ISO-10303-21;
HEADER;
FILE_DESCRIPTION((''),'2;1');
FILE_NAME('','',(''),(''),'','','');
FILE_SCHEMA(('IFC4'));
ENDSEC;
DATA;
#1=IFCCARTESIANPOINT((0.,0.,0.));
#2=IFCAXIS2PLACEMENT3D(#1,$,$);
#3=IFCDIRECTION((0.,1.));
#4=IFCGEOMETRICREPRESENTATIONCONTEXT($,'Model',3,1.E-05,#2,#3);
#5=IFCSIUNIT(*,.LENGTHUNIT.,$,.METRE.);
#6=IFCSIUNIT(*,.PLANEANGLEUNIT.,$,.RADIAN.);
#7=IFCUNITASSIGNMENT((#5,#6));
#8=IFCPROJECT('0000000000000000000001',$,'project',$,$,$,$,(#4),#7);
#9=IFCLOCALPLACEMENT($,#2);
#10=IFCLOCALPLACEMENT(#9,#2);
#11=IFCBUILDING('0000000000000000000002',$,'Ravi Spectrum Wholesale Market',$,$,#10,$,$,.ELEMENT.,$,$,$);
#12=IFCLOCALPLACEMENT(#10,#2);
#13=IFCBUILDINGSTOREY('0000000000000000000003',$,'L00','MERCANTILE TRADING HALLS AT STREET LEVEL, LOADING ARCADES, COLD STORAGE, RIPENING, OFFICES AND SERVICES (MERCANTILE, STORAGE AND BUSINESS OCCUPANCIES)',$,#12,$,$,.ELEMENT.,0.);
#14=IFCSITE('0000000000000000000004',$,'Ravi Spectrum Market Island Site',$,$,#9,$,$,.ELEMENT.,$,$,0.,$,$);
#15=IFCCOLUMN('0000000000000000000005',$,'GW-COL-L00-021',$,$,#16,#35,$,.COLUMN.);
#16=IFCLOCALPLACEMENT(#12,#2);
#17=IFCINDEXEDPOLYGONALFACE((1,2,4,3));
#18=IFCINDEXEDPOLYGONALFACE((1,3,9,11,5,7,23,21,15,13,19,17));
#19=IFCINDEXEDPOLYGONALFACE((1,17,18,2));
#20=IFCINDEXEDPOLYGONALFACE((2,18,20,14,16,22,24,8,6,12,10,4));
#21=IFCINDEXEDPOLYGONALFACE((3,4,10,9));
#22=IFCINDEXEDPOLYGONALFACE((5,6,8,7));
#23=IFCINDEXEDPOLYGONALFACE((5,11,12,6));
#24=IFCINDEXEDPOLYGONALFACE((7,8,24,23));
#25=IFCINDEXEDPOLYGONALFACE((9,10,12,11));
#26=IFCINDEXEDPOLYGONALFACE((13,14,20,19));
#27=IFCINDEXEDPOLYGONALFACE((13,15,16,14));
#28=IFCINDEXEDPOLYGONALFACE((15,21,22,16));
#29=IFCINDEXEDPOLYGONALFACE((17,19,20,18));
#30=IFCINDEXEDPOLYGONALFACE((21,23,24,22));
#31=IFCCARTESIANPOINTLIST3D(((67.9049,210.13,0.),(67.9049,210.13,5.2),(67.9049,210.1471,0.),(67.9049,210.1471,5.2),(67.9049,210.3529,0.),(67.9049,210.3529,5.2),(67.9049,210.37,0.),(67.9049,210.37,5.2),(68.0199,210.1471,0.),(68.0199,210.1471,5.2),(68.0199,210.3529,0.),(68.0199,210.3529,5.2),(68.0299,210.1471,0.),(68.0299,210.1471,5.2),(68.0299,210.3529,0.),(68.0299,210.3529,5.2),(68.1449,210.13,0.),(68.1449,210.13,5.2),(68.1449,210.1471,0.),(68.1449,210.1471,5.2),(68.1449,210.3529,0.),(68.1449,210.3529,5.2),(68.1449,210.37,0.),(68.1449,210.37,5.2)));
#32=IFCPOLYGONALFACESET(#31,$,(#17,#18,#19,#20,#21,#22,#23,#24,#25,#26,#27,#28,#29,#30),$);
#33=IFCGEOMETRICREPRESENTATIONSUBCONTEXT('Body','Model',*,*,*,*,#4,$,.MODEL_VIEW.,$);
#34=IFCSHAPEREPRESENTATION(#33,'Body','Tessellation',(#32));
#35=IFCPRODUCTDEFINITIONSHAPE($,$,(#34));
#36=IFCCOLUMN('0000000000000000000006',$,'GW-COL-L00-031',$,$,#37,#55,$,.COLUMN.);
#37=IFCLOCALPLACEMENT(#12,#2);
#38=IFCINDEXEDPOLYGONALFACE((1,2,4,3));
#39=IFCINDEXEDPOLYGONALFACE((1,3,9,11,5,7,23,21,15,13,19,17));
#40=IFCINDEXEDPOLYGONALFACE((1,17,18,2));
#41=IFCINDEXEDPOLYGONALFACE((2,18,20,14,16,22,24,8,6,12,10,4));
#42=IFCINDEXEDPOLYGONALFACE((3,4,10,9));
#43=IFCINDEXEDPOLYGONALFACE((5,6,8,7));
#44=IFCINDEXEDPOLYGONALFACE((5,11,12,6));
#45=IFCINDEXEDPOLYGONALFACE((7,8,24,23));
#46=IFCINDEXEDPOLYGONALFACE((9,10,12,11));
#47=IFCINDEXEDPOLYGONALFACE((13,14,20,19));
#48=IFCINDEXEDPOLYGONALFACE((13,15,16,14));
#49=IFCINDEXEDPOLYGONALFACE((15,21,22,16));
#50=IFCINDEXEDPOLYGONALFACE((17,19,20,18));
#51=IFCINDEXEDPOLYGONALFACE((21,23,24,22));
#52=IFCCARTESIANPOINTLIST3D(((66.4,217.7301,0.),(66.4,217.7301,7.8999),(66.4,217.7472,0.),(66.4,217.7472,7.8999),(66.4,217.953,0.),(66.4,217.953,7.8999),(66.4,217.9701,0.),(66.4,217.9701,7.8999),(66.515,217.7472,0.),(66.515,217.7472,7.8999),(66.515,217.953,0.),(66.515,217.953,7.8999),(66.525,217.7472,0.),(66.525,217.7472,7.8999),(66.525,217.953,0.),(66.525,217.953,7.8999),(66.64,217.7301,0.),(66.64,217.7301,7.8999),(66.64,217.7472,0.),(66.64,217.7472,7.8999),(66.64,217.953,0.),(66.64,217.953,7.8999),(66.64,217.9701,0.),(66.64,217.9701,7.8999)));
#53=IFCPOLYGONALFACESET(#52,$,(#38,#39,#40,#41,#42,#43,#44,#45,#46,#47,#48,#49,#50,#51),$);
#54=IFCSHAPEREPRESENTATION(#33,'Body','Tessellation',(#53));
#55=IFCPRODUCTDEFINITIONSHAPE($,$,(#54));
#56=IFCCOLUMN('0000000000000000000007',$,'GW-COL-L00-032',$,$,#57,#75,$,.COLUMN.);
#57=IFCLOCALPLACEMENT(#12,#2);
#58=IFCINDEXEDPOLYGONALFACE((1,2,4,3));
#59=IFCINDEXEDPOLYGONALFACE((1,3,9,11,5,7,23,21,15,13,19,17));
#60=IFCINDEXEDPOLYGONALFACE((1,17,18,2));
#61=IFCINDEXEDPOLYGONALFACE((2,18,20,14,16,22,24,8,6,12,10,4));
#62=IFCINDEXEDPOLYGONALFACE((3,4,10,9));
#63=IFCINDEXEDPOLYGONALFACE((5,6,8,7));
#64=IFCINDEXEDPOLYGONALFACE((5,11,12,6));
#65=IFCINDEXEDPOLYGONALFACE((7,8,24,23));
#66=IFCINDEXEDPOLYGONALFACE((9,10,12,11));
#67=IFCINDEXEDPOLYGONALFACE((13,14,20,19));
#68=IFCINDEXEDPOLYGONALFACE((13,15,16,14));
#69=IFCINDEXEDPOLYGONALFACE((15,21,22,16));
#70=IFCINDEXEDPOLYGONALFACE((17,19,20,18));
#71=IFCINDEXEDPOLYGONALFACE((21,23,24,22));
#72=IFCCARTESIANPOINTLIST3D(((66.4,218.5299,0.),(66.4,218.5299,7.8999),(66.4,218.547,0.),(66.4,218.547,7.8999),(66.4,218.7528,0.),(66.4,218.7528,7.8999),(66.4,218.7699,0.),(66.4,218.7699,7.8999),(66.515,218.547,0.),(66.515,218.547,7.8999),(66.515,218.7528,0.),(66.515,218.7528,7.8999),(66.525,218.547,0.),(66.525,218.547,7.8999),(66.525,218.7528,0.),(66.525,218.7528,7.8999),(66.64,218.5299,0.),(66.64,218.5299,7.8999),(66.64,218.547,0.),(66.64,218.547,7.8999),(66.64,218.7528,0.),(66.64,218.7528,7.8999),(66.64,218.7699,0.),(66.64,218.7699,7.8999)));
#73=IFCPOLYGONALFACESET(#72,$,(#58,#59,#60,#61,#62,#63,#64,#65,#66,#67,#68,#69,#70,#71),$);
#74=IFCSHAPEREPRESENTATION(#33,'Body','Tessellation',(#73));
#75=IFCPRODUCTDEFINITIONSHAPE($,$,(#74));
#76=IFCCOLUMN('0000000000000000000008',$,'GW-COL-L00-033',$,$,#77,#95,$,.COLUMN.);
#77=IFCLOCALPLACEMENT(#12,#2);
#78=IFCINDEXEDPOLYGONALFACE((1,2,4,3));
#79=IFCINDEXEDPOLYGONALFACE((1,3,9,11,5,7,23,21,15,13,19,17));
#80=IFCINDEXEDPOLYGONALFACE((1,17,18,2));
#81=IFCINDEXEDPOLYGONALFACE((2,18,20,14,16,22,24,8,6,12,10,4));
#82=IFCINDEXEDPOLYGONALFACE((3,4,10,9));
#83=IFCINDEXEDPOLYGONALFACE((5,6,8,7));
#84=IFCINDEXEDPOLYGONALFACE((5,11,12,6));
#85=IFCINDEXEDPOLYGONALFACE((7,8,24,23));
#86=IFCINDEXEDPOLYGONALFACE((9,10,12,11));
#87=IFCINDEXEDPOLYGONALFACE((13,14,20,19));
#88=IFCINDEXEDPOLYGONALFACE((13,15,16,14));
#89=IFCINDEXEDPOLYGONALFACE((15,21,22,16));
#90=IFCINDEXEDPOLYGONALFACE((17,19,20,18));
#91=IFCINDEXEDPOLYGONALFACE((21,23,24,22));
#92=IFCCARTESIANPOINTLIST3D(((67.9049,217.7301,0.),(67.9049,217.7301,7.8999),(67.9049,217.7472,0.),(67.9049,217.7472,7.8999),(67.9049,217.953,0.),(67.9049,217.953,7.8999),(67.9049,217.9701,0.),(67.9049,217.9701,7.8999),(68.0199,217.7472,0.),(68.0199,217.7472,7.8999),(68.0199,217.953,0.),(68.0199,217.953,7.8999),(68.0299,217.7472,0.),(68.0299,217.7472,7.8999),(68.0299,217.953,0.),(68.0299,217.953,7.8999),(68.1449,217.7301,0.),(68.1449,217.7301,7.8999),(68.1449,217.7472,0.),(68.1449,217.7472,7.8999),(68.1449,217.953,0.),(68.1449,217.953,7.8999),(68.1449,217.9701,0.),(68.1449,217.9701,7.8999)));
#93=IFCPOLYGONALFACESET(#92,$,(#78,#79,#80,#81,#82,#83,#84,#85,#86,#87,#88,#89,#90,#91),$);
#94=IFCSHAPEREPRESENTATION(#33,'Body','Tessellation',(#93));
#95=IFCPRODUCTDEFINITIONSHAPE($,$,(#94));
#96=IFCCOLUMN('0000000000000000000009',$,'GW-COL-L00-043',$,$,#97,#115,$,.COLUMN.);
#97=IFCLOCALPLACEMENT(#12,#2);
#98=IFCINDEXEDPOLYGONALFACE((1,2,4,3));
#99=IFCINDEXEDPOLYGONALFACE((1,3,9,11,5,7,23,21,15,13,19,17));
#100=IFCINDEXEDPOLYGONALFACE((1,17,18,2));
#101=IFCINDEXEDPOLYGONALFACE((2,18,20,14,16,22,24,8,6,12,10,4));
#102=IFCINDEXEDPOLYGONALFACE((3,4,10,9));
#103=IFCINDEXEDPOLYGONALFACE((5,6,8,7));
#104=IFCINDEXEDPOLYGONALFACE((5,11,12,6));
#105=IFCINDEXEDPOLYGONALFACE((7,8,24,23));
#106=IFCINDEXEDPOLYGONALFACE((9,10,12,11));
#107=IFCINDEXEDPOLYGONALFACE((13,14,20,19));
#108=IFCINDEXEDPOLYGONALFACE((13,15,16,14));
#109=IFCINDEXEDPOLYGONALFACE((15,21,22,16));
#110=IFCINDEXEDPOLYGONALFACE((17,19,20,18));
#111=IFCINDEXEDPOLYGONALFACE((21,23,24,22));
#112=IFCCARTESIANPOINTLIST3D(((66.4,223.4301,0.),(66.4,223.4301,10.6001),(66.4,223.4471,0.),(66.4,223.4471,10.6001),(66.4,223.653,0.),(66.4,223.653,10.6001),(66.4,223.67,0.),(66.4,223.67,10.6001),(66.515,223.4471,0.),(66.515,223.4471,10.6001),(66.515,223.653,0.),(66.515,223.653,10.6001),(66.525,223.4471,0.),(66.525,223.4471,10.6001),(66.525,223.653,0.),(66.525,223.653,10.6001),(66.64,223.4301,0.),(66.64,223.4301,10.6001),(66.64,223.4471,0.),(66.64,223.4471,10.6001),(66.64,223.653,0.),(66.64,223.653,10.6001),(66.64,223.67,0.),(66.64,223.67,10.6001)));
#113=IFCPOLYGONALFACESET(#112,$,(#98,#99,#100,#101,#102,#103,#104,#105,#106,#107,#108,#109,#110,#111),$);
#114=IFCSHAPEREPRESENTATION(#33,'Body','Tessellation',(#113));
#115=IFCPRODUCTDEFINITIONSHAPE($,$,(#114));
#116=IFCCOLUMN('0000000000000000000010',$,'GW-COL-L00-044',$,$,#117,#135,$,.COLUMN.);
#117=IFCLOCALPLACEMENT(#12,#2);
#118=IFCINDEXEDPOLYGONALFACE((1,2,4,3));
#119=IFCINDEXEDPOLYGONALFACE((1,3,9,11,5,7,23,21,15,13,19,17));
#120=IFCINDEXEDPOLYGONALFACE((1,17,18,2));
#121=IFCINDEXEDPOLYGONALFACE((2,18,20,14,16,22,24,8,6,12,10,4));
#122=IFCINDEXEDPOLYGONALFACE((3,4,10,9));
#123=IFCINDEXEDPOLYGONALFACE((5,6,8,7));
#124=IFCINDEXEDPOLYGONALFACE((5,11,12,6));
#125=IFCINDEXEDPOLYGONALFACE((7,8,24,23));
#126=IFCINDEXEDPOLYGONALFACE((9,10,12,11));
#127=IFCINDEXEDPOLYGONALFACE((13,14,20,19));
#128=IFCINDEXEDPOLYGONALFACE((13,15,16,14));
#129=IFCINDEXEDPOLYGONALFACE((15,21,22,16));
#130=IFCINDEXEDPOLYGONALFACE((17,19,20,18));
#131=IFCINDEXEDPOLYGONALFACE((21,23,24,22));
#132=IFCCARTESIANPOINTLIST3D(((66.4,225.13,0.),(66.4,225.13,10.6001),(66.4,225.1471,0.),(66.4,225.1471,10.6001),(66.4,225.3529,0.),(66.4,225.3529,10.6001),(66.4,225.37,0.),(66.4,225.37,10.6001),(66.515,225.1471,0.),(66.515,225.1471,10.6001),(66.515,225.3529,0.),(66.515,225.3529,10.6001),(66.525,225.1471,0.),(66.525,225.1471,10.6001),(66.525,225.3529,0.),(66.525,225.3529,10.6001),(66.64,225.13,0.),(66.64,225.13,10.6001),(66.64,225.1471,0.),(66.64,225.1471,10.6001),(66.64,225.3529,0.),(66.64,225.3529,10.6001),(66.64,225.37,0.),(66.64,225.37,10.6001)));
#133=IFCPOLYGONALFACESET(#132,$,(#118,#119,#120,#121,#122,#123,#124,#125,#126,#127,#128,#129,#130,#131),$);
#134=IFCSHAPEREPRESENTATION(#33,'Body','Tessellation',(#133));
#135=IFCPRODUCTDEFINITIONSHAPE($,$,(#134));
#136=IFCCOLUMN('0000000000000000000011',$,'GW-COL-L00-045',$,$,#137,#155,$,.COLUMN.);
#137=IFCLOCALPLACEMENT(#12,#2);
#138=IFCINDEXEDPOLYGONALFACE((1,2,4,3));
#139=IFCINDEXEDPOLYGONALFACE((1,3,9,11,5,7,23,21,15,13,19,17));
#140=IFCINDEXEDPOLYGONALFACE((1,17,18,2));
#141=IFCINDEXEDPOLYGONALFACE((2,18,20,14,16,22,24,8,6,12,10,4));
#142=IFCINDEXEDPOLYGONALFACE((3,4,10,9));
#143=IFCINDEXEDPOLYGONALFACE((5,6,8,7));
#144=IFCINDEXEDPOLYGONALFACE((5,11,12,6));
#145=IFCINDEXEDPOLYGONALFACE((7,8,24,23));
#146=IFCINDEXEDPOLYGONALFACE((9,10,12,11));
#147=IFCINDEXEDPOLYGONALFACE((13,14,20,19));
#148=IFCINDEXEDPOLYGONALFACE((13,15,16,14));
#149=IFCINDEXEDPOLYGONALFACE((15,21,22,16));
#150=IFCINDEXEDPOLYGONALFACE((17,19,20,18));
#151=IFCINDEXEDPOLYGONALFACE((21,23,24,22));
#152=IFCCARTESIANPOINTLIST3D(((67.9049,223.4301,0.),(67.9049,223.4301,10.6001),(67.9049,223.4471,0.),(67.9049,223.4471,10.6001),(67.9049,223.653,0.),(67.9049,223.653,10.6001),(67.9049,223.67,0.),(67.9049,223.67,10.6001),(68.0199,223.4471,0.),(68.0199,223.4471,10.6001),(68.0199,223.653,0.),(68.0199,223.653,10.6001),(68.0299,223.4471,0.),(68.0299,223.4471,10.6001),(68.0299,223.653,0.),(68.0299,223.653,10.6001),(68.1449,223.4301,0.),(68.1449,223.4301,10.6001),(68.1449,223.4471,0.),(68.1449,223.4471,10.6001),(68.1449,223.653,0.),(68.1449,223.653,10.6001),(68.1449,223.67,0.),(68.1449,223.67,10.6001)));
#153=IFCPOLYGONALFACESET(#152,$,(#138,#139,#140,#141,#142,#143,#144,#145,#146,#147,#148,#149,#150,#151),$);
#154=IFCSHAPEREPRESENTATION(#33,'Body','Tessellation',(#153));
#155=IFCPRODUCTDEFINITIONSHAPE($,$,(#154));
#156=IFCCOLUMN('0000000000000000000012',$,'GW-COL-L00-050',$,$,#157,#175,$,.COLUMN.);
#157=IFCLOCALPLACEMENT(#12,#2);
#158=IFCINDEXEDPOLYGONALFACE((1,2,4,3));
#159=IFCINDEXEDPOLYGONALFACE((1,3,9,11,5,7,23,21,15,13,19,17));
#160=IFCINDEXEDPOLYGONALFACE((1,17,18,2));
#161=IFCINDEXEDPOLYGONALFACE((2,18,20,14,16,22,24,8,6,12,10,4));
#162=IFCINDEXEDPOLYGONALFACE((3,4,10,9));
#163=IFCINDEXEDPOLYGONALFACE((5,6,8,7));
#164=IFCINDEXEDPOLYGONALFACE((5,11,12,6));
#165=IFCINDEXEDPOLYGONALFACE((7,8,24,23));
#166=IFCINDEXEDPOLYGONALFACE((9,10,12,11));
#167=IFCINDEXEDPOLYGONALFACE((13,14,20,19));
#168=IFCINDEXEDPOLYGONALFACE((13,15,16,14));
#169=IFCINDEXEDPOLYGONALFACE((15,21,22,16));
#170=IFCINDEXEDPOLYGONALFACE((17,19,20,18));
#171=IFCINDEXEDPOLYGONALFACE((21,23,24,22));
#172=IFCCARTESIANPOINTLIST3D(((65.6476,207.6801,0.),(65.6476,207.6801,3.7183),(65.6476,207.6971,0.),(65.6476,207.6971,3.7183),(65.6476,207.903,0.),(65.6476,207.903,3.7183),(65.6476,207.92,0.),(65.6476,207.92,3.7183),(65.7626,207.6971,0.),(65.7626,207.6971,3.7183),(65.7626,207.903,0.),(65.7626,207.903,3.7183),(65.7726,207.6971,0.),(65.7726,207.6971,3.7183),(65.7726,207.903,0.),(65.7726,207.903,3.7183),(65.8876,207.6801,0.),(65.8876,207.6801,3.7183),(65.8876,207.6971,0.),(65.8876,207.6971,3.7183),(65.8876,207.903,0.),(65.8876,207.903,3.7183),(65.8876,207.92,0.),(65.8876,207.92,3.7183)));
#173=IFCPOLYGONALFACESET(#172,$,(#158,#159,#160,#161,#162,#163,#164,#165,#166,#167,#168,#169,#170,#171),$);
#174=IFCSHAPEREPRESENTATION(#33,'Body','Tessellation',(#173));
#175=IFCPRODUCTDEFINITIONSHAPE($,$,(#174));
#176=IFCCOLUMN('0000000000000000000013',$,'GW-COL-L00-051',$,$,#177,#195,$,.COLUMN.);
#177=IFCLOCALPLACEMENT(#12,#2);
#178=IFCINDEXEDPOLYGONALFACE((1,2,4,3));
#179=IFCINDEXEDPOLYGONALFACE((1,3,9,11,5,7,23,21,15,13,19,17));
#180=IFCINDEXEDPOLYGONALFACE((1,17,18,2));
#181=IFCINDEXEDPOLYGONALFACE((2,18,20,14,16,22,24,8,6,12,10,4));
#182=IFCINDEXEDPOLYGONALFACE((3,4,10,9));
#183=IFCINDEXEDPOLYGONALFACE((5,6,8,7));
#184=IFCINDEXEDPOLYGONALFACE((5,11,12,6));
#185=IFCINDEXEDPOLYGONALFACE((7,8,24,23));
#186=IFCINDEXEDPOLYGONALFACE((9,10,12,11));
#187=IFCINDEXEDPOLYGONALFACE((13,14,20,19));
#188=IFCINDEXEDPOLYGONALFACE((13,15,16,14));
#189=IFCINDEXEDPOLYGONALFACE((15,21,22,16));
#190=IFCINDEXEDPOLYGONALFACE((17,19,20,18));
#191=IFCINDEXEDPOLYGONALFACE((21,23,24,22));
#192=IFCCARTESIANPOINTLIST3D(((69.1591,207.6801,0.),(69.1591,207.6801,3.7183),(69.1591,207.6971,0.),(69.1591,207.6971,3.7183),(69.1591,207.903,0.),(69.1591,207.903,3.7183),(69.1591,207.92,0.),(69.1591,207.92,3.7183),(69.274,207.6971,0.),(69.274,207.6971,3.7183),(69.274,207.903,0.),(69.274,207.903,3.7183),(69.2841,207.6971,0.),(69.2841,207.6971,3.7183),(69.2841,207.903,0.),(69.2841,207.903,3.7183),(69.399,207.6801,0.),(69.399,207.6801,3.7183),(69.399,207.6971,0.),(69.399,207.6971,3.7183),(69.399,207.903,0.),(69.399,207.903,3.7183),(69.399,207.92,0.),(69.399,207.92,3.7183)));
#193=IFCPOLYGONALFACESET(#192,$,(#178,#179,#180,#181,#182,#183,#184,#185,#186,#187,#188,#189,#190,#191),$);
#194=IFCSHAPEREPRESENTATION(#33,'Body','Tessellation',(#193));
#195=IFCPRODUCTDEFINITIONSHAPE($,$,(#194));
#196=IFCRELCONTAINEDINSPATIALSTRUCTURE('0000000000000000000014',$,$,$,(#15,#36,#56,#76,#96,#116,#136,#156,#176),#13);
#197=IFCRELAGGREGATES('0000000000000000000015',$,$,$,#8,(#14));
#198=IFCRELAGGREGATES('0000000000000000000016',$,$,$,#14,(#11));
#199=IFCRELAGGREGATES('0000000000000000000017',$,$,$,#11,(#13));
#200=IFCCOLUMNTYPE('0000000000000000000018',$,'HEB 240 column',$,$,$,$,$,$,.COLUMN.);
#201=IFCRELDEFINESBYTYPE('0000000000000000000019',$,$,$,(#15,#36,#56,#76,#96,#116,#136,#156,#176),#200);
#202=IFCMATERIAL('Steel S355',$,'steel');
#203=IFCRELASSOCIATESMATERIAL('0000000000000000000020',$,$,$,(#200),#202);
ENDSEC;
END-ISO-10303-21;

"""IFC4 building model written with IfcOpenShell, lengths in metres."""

from ifc_helpers import new_model, si_unit, direction, frame, origin, origin_2d, place, context, subcontext, project, spatial, i_section, extrude, material, material_profile, profile_set, type_object, element, save


model = new_model("IFC4")

# Units and contexts
model_context = context("Model", 3, precision=1e-05, world=origin(), true_north=direction((0.0, 1.0)))
body_context = subcontext(model_context, "Body", "Model", "MODEL_VIEW")
ifc_project = project(units=[si_unit("LENGTHUNIT", "METRE"), si_unit("PLANEANGLEUNIT", "RADIAN")], contexts=[model_context])

# Site, building, storey
site_placement = place(None, origin())
site = spatial("IfcSite", under=ifc_project, at=site_placement, Name="Ravi Spectrum Market Island Site", CompositionType="ELEMENT", RefElevation=0.0)
building_placement = place(site_placement, origin())
building = spatial("IfcBuilding", under=site, at=building_placement, Name="Ravi Spectrum Wholesale Market", CompositionType="ELEMENT")
storey_placement = place(building_placement, origin())
storey = spatial("IfcBuildingStorey", under=building, at=storey_placement, Name="L00", Description="MERCANTILE TRADING HALLS AT STREET LEVEL, LOADING ARCADES, COLD STORAGE, RIPENING, OFFICES AND SERVICES (MERCANTILE, STORAGE AND BUSINESS OCCUPANCIES)", CompositionType="ELEMENT", Elevation=0.0)

# Columns
ifc_material_1 = material(Name="Steel S355", Category="steel")
ifc_material_profile = material_profile(ifc_material_1, i_section(OverallWidth=0.24, OverallDepth=0.24, WebThickness=0.01, FlangeThickness=0.0171, at=origin_2d()))
ifc_profile_set = profile_set([ifc_material_profile], Name="Steel S355")
column_type = type_object("IfcColumnType", Name="HEB 240 column", PredefinedType="COLUMN", material=ifc_profile_set)
for number, where, z_axis, x_axis, name in (
    (1, (68.0249, 210.25, 0.0), (0.0, 0.0, 1.0), (1.0, 0.0, 0.0), "GW-COL-L00-021"),
):
    element("IfcColumn", number, at=place(storey_placement, frame(where, z_axis=z_axis, x_axis=x_axis)), inside=storey, type_object=column_type, Name=name, PredefinedType="COLUMN", context=body_context, shape_type="SweptSolid", body=[
        extrude(i_section(OverallWidth=0.24, OverallDepth=0.24, WebThickness=0.01, FlangeThickness=0.0171, at=origin_2d()), origin(), (0.0, 0.0, 1.0), 5.2),
    ])
for number, where, z_axis, x_axis, name in (
    (2, (66.52, 217.8501, 0.0), (0.0, 0.0, 1.0), (1.0, 0.0, 0.0), "GW-COL-L00-031"),
    (3, (66.52, 218.6499, 0.0), (0.0, 0.0, 1.0), (1.0, 0.0, 0.0), "GW-COL-L00-032"),
    (4, (68.0249, 217.8501, 0.0), (0.0, 0.0, 1.0), (1.0, 0.0, 0.0), "GW-COL-L00-033"),
):
    element("IfcColumn", number, at=place(storey_placement, frame(where, z_axis=z_axis, x_axis=x_axis)), inside=storey, type_object=column_type, Name=name, PredefinedType="COLUMN", context=body_context, shape_type="SweptSolid", body=[
        extrude(i_section(OverallWidth=0.24, OverallDepth=0.24, WebThickness=0.01, FlangeThickness=0.0171, at=origin_2d()), origin(), (0.0, 0.0, 1.0), 7.8999),
    ])
for number, where, z_axis, x_axis, name in (
    (5, (66.52, 223.55, 0.0), (0.0, 0.0, 1.0), (1.0, 0.0, 0.0), "GW-COL-L00-043"),
    (6, (66.52, 225.25, 0.0), (0.0, 0.0, 1.0), (1.0, 0.0, 0.0), "GW-COL-L00-044"),
    (7, (68.0249, 223.55, 0.0), (0.0, 0.0, 1.0), (1.0, 0.0, 0.0), "GW-COL-L00-045"),
):
    element("IfcColumn", number, at=place(storey_placement, frame(where, z_axis=z_axis, x_axis=x_axis)), inside=storey, type_object=column_type, Name=name, PredefinedType="COLUMN", context=body_context, shape_type="SweptSolid", body=[
        extrude(i_section(OverallWidth=0.24, OverallDepth=0.24, WebThickness=0.01, FlangeThickness=0.0171, at=origin_2d()), origin(), (0.0, 0.0, 1.0), 10.6001),
    ])
for number, where, z_axis, x_axis, name in (
    (8, (65.7676, 207.8, 0.0), (0.0, 0.0, 1.0), (1.0, 0.0, 0.0), "GW-COL-L00-050"),
    (9, (69.2791, 207.8, 0.0), (0.0, 0.0, 1.0), (1.0, 0.0, 0.0), "GW-COL-L00-051"),
):
    element("IfcColumn", number, at=place(storey_placement, frame(where, z_axis=z_axis, x_axis=x_axis)), inside=storey, type_object=column_type, Name=name, PredefinedType="COLUMN", context=body_context, shape_type="SweptSolid", body=[
        extrude(i_section(OverallWidth=0.24, OverallDepth=0.24, WebThickness=0.01, FlangeThickness=0.0171, at=origin_2d()), origin(), (0.0, 0.0, 1.0), 3.7183),
    ])

save(model, "model.ifc")
